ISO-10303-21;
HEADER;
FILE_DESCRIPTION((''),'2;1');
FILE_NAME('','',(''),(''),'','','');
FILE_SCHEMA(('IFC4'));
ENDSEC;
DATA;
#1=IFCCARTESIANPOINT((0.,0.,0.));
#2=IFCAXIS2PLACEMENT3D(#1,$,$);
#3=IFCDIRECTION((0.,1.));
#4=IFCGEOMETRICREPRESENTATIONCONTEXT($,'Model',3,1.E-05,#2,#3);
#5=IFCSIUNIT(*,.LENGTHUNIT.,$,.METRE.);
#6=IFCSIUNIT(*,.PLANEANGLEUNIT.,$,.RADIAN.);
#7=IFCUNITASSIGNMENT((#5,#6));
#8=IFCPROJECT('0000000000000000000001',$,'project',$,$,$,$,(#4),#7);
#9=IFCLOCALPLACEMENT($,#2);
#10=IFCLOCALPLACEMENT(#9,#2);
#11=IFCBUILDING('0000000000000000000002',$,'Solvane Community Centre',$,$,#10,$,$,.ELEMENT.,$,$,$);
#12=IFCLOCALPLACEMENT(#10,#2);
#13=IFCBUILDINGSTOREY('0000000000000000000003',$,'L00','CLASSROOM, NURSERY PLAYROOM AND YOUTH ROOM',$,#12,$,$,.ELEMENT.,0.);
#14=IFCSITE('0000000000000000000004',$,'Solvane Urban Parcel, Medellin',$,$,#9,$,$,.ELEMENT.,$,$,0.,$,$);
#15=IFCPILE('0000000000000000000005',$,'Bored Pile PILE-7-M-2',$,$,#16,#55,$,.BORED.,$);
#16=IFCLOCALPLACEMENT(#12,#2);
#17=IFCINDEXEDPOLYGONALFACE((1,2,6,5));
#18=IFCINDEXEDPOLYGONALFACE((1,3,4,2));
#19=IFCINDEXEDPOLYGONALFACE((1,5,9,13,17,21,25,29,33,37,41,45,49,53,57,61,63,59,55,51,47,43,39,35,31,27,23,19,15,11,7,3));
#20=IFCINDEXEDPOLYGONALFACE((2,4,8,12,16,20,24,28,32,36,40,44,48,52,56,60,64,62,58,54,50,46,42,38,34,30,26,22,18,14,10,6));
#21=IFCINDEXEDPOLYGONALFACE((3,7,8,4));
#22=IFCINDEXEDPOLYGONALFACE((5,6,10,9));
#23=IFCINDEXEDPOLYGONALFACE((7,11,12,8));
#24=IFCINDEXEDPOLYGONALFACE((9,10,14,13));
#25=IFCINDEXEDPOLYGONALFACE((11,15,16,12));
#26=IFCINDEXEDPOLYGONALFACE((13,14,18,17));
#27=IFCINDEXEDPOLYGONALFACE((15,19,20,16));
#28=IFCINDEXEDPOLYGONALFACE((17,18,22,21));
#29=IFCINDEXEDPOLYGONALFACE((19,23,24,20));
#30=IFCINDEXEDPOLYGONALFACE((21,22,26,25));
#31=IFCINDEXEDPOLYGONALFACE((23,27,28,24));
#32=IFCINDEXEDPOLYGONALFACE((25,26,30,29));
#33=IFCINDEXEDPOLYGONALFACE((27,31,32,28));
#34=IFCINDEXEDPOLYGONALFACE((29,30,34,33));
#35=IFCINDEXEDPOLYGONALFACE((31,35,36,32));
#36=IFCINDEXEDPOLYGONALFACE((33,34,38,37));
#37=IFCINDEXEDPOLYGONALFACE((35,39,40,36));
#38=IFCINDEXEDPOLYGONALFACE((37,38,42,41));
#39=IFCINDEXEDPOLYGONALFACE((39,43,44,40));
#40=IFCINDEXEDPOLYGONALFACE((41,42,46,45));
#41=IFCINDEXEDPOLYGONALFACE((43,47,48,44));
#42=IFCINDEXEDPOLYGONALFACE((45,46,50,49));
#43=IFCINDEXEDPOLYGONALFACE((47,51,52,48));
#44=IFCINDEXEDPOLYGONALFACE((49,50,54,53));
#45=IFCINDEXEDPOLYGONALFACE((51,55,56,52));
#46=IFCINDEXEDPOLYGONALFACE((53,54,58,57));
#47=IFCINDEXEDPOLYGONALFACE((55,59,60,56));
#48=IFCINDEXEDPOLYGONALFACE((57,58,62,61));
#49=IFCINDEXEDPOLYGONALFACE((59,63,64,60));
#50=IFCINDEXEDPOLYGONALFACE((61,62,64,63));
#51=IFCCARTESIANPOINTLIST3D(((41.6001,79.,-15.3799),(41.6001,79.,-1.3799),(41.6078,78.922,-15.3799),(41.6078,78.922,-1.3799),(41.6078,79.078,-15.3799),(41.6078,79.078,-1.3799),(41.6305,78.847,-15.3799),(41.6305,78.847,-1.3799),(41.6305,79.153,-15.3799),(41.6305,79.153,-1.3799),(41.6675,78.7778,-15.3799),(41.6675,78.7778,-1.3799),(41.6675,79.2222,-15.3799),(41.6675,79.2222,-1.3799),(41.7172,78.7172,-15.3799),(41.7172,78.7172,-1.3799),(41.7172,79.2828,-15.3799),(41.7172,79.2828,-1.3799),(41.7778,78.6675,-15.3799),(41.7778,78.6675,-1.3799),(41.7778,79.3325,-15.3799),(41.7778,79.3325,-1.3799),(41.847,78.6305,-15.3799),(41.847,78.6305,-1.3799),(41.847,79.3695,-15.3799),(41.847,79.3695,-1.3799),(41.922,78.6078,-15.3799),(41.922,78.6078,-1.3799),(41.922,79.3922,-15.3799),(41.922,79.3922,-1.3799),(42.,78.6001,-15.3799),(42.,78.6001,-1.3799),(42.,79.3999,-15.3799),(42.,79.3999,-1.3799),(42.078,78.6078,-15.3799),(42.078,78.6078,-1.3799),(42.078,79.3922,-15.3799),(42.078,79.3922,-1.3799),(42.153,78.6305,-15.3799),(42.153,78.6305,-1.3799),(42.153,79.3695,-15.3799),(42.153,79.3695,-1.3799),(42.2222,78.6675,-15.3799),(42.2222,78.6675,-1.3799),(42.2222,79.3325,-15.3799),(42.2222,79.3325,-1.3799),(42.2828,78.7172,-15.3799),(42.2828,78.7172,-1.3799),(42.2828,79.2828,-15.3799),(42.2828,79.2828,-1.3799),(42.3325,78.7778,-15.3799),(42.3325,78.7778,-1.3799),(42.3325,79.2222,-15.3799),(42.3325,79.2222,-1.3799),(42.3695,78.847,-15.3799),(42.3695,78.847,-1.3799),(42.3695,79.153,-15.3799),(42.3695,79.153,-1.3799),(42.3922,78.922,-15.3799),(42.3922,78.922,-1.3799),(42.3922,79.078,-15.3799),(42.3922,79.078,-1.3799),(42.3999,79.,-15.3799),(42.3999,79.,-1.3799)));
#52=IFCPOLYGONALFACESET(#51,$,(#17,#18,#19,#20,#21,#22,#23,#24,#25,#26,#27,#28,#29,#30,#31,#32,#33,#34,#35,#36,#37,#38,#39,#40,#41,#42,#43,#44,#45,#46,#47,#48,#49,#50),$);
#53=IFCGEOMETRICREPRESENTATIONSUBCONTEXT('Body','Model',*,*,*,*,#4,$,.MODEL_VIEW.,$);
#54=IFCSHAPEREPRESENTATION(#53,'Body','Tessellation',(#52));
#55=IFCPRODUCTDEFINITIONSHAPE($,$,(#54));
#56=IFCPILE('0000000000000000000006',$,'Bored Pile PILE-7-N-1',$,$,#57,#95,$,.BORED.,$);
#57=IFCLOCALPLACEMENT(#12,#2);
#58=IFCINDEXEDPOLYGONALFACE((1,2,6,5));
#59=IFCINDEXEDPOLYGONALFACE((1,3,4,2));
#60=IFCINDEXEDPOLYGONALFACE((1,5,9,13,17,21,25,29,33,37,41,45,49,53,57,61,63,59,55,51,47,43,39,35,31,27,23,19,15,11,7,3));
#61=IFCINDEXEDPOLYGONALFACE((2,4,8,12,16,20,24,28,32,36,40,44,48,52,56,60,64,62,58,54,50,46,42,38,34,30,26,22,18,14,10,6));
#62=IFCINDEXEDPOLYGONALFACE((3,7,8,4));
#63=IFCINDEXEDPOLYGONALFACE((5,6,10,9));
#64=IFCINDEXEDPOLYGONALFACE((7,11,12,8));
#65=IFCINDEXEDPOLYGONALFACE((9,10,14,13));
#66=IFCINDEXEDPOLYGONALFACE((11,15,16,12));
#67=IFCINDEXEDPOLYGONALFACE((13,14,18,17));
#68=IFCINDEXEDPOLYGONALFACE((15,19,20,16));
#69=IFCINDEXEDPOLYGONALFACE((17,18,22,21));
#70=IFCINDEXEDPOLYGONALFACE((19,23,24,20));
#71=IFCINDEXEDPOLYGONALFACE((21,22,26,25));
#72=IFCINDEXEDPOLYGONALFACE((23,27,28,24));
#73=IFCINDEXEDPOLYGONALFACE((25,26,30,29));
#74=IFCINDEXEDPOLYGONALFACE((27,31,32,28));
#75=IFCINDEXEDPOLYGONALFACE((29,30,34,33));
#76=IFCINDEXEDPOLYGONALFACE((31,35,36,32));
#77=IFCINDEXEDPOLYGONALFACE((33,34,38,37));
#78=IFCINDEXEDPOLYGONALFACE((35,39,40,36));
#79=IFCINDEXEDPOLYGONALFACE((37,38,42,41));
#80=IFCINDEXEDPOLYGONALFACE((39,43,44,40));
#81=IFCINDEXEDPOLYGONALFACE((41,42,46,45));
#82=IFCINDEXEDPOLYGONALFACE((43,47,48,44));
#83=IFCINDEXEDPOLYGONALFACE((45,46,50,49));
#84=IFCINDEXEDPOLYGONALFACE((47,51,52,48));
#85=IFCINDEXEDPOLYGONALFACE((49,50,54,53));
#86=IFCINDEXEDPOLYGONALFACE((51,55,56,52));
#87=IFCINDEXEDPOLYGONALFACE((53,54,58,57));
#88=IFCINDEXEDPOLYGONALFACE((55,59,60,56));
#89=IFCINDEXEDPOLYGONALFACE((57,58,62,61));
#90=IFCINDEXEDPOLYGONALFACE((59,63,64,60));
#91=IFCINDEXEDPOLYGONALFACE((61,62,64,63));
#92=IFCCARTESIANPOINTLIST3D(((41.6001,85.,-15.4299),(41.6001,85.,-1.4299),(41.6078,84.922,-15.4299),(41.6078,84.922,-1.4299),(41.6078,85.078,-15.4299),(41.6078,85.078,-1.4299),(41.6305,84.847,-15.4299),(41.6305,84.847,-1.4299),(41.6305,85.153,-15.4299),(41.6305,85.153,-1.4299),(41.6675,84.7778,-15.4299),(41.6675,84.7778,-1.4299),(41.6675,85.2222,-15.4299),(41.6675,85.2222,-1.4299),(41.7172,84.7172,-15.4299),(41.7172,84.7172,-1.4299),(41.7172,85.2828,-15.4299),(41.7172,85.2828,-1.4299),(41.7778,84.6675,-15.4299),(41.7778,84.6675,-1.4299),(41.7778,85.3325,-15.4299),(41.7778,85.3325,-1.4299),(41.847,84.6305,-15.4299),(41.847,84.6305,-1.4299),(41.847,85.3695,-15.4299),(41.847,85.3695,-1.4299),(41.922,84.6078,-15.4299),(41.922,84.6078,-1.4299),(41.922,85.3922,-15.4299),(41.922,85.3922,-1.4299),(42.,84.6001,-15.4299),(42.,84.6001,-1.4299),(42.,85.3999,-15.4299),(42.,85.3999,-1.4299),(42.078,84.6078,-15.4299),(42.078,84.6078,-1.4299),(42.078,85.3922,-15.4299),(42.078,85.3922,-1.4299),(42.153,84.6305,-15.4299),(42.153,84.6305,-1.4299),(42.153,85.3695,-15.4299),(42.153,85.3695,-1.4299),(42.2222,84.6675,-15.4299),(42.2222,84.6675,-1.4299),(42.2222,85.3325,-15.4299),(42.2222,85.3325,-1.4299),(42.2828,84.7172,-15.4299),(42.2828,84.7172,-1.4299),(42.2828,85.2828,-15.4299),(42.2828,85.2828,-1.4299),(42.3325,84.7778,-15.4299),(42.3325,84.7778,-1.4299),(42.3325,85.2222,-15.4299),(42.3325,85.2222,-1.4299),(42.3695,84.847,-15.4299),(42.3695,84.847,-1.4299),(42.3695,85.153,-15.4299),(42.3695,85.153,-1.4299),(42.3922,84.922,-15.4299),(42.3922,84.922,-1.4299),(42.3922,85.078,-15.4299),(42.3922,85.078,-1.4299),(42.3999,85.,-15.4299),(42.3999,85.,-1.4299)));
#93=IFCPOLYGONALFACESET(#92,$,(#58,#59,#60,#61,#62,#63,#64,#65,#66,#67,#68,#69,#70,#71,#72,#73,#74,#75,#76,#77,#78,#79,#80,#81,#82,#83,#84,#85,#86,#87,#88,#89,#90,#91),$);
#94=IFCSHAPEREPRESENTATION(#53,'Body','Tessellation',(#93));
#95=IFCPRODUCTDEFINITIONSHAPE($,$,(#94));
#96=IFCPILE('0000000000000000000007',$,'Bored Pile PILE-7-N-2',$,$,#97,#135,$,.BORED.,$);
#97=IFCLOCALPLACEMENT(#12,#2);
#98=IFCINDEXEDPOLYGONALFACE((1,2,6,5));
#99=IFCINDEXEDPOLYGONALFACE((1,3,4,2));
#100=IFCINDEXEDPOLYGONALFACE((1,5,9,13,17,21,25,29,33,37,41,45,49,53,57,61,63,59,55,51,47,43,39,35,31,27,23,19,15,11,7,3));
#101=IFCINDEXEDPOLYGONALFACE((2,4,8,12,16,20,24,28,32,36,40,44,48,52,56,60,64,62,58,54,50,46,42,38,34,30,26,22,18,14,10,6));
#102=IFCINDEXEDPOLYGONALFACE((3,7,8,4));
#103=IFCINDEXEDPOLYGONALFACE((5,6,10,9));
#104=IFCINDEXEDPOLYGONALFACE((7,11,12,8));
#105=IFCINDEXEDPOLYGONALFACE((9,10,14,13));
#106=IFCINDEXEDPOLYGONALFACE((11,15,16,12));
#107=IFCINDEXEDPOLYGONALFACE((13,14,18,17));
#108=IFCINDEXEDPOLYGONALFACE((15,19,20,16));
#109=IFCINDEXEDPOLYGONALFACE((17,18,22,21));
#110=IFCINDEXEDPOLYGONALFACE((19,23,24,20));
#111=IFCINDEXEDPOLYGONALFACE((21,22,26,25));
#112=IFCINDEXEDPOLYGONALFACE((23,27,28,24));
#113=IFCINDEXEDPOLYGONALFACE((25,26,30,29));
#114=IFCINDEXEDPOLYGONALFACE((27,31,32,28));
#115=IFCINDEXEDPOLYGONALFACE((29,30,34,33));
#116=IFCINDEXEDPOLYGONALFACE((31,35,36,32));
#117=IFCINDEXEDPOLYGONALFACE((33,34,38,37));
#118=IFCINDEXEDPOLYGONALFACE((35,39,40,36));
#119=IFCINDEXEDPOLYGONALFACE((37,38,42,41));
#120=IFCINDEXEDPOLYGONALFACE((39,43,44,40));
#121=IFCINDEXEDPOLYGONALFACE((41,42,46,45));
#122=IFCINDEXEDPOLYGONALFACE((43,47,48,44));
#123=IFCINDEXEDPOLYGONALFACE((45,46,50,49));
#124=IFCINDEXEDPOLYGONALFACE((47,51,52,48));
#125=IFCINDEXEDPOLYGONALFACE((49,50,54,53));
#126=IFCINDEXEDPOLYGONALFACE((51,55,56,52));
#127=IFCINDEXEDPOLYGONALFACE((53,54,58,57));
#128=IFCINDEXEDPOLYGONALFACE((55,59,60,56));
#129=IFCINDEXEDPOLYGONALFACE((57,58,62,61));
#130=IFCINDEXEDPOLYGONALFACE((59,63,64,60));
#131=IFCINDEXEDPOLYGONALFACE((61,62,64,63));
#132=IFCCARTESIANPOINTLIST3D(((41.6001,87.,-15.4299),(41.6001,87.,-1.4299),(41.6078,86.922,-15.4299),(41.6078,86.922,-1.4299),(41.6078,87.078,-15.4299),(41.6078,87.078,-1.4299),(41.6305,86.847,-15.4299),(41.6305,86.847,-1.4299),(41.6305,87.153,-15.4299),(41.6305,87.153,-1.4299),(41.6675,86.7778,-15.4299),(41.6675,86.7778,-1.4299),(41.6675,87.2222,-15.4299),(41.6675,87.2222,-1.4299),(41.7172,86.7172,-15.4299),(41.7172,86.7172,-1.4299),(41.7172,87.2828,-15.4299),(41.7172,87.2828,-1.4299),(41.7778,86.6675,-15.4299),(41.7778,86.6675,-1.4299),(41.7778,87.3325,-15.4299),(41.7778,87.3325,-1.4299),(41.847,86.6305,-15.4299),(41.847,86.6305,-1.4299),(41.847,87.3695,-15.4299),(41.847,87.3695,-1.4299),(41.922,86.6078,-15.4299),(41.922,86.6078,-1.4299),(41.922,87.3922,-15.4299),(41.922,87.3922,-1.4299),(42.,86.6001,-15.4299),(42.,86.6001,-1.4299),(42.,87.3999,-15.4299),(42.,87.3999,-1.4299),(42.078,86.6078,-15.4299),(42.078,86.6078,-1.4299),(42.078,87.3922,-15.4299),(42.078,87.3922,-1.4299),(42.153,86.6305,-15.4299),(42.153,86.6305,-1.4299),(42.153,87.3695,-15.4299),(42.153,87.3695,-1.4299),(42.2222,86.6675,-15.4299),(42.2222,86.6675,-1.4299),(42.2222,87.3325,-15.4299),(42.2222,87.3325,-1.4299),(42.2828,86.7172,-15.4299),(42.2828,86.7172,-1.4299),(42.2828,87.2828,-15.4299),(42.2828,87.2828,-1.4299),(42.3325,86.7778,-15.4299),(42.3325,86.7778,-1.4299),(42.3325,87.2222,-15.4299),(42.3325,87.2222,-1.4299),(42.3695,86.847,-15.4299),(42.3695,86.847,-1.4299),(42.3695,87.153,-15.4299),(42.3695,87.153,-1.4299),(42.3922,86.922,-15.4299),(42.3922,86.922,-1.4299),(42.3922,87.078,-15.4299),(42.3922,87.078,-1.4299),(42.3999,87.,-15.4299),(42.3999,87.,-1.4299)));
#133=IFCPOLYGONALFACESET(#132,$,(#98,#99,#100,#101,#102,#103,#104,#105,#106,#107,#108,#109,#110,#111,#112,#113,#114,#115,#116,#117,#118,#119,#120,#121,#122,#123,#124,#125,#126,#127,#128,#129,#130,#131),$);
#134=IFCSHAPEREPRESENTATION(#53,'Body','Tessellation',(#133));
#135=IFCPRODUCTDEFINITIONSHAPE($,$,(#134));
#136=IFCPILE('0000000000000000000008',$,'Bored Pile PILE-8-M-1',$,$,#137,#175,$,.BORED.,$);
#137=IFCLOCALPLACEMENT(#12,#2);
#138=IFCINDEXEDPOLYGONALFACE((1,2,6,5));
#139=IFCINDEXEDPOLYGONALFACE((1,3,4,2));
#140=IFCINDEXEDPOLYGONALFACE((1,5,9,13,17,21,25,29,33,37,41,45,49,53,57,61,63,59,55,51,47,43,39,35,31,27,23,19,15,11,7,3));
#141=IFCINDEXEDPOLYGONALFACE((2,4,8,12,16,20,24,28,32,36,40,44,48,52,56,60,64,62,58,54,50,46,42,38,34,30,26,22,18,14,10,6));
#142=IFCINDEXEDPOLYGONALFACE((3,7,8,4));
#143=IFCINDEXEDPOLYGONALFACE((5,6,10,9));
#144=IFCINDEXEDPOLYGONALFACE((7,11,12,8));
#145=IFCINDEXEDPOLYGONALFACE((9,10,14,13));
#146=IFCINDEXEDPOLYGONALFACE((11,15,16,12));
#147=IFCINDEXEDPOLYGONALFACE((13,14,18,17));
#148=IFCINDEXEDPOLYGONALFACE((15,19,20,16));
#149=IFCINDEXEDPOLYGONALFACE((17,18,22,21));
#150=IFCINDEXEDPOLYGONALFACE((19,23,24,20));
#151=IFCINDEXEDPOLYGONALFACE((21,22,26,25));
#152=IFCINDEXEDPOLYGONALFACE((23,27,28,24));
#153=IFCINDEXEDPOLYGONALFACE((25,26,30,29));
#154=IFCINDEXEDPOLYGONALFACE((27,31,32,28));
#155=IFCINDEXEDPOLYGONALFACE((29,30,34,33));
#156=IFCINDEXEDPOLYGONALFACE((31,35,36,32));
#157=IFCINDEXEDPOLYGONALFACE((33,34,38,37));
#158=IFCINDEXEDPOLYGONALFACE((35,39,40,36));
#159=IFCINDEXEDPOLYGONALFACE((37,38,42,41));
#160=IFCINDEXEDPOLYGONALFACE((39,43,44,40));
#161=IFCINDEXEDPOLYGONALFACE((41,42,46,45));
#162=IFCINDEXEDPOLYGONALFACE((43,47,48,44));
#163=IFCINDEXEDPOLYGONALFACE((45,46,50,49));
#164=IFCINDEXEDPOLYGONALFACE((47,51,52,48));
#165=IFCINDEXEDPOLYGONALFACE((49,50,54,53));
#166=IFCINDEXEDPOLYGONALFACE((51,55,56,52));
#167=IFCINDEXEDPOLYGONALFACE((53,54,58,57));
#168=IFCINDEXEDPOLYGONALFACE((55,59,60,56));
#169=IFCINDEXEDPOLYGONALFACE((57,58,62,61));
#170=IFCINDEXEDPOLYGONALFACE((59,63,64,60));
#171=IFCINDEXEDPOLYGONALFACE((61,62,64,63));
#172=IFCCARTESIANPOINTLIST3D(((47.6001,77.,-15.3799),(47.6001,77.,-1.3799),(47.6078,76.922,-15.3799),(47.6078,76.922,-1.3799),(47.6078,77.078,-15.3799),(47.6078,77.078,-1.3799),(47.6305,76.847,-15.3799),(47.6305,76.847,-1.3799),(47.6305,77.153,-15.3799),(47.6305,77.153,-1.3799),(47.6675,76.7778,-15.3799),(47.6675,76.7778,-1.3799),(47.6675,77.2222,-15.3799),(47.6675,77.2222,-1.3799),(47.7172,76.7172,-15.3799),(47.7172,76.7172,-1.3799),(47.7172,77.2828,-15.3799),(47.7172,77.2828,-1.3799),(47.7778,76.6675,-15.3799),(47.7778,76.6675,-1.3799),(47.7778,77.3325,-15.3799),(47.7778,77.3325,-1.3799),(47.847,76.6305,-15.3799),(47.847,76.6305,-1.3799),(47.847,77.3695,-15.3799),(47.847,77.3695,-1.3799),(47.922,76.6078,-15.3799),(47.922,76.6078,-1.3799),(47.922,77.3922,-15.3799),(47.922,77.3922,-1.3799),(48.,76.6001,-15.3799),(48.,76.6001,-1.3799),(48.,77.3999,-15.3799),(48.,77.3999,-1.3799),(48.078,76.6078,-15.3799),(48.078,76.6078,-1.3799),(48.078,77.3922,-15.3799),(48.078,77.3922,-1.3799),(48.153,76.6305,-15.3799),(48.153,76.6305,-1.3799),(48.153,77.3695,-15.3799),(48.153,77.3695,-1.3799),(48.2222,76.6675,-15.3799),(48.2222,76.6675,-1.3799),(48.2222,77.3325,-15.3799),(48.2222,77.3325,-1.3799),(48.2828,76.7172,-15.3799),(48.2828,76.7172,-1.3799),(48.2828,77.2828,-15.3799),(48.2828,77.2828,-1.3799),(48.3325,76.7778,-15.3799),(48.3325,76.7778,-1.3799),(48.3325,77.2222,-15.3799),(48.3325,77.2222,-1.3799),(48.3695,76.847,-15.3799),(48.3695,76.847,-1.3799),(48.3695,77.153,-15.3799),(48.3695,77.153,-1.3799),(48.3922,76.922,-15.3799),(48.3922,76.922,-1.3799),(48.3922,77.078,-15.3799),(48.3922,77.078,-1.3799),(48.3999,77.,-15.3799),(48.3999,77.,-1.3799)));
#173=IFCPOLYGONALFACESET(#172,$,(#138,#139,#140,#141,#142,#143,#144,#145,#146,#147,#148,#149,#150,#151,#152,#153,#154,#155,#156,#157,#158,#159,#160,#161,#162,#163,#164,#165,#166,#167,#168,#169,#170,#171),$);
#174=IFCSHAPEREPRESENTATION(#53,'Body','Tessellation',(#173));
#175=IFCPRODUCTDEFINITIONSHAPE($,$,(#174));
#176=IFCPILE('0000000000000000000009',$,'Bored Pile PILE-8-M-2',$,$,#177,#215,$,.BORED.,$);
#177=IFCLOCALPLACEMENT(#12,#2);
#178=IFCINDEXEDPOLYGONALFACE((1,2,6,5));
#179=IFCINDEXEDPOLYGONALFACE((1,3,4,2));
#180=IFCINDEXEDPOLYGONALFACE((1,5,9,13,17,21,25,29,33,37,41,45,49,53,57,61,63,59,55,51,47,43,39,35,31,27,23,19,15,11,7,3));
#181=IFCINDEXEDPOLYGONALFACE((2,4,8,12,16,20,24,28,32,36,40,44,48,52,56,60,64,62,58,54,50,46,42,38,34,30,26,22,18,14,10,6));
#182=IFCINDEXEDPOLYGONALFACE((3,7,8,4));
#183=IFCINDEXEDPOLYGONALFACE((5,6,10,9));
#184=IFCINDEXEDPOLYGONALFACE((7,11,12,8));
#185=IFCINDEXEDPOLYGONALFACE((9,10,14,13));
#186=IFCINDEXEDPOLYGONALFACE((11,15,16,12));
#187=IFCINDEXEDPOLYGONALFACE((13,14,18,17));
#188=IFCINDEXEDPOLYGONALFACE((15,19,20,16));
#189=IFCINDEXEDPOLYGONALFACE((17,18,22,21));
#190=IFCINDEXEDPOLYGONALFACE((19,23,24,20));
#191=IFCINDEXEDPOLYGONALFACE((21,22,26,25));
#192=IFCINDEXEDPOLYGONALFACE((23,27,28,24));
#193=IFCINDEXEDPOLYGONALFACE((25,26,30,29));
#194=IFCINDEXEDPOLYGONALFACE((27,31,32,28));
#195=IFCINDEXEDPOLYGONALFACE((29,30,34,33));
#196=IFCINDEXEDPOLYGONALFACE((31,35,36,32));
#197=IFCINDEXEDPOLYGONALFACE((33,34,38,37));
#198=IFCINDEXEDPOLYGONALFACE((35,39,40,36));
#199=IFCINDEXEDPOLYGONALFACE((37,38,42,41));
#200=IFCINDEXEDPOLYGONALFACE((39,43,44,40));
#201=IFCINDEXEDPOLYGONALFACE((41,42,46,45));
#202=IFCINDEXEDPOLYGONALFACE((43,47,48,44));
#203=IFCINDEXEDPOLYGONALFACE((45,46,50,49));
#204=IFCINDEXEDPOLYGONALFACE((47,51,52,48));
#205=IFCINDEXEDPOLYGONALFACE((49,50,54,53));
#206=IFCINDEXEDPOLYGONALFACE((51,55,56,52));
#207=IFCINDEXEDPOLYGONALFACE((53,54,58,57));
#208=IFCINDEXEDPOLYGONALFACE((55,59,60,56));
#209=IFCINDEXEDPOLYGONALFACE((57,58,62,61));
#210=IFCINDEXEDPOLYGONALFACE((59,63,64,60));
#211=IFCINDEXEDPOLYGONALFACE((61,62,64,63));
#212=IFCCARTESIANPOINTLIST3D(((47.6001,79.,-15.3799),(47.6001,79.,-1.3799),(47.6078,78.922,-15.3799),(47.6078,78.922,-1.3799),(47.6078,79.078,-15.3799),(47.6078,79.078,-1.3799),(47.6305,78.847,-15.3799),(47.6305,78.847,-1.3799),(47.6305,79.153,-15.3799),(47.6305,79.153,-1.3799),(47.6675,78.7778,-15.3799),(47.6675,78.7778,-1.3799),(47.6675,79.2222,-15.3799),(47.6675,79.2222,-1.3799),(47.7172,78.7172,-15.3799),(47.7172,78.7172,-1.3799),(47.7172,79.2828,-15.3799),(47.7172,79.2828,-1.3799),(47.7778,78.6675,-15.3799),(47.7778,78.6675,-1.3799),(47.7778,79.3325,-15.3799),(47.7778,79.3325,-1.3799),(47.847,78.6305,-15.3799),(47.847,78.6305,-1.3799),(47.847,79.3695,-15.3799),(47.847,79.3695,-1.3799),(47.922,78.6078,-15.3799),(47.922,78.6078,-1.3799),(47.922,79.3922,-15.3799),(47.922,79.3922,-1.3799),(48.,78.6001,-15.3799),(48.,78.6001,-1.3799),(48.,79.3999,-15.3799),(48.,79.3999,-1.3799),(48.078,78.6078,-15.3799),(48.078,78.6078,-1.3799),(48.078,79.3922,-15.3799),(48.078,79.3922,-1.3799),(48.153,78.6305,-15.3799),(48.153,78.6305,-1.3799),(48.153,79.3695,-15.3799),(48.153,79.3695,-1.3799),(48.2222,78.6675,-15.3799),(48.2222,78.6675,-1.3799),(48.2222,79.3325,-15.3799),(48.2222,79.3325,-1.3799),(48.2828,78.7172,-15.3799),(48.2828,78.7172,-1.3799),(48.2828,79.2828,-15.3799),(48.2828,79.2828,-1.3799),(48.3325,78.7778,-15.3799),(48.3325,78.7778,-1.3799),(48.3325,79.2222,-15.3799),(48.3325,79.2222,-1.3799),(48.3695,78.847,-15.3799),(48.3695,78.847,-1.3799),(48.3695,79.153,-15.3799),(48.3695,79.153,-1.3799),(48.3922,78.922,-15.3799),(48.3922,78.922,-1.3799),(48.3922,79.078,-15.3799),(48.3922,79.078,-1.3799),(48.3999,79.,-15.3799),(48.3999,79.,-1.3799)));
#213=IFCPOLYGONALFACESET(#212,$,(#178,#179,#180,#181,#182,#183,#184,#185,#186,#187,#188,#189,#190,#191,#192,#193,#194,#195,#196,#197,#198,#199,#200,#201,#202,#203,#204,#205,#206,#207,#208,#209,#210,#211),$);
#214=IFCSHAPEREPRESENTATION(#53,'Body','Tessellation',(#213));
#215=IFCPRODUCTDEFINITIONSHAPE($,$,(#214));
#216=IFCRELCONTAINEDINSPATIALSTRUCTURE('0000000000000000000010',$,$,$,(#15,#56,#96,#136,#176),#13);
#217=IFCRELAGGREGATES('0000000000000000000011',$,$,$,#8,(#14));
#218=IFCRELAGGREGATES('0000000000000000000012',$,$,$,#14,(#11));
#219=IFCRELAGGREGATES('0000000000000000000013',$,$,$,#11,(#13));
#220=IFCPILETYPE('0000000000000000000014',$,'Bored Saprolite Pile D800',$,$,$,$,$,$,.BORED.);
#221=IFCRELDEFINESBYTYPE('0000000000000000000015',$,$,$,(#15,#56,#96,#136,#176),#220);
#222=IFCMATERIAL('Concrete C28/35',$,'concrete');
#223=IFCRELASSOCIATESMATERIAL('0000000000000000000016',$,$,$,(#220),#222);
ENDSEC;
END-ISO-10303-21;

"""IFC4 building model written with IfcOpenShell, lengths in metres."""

from ifc_helpers import new_model, si_unit, direction, frame, origin, origin_2d, place, context, subcontext, project, spatial, circle, extrude, material, material_profile, profile_set, type_object, element, save


model = new_model("IFC4")

# Units and contexts
model_context = context("Model", 3, precision=1e-05, world=origin(), true_north=direction((0.0, 1.0)))
body_context = subcontext(model_context, "Body", "Model", "MODEL_VIEW")
ifc_project = project(units=[si_unit("LENGTHUNIT", "METRE"), si_unit("PLANEANGLEUNIT", "RADIAN")], contexts=[model_context])

# Site, building, storey
site_placement = place(None, origin())
site = spatial("IfcSite", under=ifc_project, at=site_placement, Name="Solvane Urban Parcel, Medellin", CompositionType="ELEMENT", RefElevation=0.0)
building_placement = place(site_placement, origin())
building = spatial("IfcBuilding", under=site, at=building_placement, Name="Solvane Community Centre", CompositionType="ELEMENT")
storey_placement = place(building_placement, origin())
storey = spatial("IfcBuildingStorey", under=building, at=storey_placement, Name="L00", Description="CLASSROOM, NURSERY PLAYROOM AND YOUTH ROOM", CompositionType="ELEMENT", Elevation=0.0)

# Piles
ifc_material_1 = material(Name="Concrete C28/35", Category="concrete")
ifc_material_profile_1 = material_profile(ifc_material_1, circle(Radius=0.3999, at=origin_2d()), Name="PILE D800")
ifc_profile_set_1 = profile_set([ifc_material_profile_1], Name="Concrete C28/35")
pile_type = type_object("IfcPileType", Name="Bored Saprolite Pile D800", PredefinedType="BORED", material=ifc_profile_set_1)
for number, where, z_axis, x_axis, name in (
    (1, (42.0, 79.0, -1.3799), (0.0, 0.0, -1.0), (1.0, 0.0, 0.0), "Bored Pile PILE-7-M-2"),
    (2, (42.0, 85.0, -1.4299), (0.0, 0.0, -1.0), (1.0, 0.0, 0.0), "Bored Pile PILE-7-N-1"),
    (3, (42.0, 87.0, -1.4299), (0.0, 0.0, -1.0), (1.0, 0.0, 0.0), "Bored Pile PILE-7-N-2"),
    (4, (48.0, 77.0, -1.3799), (0.0, 0.0, -1.0), (1.0, 0.0, 0.0), "Bored Pile PILE-8-M-1"),
    (5, (48.0, 79.0, -1.3799), (0.0, 0.0, -1.0), (1.0, 0.0, 0.0), "Bored Pile PILE-8-M-2"),
):
    element("IfcPile", number, at=place(storey_placement, frame(where, z_axis=z_axis, x_axis=x_axis)), inside=storey, type_object=pile_type, Name=name, PredefinedType="BORED", context=body_context, shape_type="SweptSolid", body=[
        extrude(circle(Radius=0.3999, at=origin_2d()), origin(), (0.0, 0.0, 1.0), 14.0),
    ])

save(model, "model.ifc")
